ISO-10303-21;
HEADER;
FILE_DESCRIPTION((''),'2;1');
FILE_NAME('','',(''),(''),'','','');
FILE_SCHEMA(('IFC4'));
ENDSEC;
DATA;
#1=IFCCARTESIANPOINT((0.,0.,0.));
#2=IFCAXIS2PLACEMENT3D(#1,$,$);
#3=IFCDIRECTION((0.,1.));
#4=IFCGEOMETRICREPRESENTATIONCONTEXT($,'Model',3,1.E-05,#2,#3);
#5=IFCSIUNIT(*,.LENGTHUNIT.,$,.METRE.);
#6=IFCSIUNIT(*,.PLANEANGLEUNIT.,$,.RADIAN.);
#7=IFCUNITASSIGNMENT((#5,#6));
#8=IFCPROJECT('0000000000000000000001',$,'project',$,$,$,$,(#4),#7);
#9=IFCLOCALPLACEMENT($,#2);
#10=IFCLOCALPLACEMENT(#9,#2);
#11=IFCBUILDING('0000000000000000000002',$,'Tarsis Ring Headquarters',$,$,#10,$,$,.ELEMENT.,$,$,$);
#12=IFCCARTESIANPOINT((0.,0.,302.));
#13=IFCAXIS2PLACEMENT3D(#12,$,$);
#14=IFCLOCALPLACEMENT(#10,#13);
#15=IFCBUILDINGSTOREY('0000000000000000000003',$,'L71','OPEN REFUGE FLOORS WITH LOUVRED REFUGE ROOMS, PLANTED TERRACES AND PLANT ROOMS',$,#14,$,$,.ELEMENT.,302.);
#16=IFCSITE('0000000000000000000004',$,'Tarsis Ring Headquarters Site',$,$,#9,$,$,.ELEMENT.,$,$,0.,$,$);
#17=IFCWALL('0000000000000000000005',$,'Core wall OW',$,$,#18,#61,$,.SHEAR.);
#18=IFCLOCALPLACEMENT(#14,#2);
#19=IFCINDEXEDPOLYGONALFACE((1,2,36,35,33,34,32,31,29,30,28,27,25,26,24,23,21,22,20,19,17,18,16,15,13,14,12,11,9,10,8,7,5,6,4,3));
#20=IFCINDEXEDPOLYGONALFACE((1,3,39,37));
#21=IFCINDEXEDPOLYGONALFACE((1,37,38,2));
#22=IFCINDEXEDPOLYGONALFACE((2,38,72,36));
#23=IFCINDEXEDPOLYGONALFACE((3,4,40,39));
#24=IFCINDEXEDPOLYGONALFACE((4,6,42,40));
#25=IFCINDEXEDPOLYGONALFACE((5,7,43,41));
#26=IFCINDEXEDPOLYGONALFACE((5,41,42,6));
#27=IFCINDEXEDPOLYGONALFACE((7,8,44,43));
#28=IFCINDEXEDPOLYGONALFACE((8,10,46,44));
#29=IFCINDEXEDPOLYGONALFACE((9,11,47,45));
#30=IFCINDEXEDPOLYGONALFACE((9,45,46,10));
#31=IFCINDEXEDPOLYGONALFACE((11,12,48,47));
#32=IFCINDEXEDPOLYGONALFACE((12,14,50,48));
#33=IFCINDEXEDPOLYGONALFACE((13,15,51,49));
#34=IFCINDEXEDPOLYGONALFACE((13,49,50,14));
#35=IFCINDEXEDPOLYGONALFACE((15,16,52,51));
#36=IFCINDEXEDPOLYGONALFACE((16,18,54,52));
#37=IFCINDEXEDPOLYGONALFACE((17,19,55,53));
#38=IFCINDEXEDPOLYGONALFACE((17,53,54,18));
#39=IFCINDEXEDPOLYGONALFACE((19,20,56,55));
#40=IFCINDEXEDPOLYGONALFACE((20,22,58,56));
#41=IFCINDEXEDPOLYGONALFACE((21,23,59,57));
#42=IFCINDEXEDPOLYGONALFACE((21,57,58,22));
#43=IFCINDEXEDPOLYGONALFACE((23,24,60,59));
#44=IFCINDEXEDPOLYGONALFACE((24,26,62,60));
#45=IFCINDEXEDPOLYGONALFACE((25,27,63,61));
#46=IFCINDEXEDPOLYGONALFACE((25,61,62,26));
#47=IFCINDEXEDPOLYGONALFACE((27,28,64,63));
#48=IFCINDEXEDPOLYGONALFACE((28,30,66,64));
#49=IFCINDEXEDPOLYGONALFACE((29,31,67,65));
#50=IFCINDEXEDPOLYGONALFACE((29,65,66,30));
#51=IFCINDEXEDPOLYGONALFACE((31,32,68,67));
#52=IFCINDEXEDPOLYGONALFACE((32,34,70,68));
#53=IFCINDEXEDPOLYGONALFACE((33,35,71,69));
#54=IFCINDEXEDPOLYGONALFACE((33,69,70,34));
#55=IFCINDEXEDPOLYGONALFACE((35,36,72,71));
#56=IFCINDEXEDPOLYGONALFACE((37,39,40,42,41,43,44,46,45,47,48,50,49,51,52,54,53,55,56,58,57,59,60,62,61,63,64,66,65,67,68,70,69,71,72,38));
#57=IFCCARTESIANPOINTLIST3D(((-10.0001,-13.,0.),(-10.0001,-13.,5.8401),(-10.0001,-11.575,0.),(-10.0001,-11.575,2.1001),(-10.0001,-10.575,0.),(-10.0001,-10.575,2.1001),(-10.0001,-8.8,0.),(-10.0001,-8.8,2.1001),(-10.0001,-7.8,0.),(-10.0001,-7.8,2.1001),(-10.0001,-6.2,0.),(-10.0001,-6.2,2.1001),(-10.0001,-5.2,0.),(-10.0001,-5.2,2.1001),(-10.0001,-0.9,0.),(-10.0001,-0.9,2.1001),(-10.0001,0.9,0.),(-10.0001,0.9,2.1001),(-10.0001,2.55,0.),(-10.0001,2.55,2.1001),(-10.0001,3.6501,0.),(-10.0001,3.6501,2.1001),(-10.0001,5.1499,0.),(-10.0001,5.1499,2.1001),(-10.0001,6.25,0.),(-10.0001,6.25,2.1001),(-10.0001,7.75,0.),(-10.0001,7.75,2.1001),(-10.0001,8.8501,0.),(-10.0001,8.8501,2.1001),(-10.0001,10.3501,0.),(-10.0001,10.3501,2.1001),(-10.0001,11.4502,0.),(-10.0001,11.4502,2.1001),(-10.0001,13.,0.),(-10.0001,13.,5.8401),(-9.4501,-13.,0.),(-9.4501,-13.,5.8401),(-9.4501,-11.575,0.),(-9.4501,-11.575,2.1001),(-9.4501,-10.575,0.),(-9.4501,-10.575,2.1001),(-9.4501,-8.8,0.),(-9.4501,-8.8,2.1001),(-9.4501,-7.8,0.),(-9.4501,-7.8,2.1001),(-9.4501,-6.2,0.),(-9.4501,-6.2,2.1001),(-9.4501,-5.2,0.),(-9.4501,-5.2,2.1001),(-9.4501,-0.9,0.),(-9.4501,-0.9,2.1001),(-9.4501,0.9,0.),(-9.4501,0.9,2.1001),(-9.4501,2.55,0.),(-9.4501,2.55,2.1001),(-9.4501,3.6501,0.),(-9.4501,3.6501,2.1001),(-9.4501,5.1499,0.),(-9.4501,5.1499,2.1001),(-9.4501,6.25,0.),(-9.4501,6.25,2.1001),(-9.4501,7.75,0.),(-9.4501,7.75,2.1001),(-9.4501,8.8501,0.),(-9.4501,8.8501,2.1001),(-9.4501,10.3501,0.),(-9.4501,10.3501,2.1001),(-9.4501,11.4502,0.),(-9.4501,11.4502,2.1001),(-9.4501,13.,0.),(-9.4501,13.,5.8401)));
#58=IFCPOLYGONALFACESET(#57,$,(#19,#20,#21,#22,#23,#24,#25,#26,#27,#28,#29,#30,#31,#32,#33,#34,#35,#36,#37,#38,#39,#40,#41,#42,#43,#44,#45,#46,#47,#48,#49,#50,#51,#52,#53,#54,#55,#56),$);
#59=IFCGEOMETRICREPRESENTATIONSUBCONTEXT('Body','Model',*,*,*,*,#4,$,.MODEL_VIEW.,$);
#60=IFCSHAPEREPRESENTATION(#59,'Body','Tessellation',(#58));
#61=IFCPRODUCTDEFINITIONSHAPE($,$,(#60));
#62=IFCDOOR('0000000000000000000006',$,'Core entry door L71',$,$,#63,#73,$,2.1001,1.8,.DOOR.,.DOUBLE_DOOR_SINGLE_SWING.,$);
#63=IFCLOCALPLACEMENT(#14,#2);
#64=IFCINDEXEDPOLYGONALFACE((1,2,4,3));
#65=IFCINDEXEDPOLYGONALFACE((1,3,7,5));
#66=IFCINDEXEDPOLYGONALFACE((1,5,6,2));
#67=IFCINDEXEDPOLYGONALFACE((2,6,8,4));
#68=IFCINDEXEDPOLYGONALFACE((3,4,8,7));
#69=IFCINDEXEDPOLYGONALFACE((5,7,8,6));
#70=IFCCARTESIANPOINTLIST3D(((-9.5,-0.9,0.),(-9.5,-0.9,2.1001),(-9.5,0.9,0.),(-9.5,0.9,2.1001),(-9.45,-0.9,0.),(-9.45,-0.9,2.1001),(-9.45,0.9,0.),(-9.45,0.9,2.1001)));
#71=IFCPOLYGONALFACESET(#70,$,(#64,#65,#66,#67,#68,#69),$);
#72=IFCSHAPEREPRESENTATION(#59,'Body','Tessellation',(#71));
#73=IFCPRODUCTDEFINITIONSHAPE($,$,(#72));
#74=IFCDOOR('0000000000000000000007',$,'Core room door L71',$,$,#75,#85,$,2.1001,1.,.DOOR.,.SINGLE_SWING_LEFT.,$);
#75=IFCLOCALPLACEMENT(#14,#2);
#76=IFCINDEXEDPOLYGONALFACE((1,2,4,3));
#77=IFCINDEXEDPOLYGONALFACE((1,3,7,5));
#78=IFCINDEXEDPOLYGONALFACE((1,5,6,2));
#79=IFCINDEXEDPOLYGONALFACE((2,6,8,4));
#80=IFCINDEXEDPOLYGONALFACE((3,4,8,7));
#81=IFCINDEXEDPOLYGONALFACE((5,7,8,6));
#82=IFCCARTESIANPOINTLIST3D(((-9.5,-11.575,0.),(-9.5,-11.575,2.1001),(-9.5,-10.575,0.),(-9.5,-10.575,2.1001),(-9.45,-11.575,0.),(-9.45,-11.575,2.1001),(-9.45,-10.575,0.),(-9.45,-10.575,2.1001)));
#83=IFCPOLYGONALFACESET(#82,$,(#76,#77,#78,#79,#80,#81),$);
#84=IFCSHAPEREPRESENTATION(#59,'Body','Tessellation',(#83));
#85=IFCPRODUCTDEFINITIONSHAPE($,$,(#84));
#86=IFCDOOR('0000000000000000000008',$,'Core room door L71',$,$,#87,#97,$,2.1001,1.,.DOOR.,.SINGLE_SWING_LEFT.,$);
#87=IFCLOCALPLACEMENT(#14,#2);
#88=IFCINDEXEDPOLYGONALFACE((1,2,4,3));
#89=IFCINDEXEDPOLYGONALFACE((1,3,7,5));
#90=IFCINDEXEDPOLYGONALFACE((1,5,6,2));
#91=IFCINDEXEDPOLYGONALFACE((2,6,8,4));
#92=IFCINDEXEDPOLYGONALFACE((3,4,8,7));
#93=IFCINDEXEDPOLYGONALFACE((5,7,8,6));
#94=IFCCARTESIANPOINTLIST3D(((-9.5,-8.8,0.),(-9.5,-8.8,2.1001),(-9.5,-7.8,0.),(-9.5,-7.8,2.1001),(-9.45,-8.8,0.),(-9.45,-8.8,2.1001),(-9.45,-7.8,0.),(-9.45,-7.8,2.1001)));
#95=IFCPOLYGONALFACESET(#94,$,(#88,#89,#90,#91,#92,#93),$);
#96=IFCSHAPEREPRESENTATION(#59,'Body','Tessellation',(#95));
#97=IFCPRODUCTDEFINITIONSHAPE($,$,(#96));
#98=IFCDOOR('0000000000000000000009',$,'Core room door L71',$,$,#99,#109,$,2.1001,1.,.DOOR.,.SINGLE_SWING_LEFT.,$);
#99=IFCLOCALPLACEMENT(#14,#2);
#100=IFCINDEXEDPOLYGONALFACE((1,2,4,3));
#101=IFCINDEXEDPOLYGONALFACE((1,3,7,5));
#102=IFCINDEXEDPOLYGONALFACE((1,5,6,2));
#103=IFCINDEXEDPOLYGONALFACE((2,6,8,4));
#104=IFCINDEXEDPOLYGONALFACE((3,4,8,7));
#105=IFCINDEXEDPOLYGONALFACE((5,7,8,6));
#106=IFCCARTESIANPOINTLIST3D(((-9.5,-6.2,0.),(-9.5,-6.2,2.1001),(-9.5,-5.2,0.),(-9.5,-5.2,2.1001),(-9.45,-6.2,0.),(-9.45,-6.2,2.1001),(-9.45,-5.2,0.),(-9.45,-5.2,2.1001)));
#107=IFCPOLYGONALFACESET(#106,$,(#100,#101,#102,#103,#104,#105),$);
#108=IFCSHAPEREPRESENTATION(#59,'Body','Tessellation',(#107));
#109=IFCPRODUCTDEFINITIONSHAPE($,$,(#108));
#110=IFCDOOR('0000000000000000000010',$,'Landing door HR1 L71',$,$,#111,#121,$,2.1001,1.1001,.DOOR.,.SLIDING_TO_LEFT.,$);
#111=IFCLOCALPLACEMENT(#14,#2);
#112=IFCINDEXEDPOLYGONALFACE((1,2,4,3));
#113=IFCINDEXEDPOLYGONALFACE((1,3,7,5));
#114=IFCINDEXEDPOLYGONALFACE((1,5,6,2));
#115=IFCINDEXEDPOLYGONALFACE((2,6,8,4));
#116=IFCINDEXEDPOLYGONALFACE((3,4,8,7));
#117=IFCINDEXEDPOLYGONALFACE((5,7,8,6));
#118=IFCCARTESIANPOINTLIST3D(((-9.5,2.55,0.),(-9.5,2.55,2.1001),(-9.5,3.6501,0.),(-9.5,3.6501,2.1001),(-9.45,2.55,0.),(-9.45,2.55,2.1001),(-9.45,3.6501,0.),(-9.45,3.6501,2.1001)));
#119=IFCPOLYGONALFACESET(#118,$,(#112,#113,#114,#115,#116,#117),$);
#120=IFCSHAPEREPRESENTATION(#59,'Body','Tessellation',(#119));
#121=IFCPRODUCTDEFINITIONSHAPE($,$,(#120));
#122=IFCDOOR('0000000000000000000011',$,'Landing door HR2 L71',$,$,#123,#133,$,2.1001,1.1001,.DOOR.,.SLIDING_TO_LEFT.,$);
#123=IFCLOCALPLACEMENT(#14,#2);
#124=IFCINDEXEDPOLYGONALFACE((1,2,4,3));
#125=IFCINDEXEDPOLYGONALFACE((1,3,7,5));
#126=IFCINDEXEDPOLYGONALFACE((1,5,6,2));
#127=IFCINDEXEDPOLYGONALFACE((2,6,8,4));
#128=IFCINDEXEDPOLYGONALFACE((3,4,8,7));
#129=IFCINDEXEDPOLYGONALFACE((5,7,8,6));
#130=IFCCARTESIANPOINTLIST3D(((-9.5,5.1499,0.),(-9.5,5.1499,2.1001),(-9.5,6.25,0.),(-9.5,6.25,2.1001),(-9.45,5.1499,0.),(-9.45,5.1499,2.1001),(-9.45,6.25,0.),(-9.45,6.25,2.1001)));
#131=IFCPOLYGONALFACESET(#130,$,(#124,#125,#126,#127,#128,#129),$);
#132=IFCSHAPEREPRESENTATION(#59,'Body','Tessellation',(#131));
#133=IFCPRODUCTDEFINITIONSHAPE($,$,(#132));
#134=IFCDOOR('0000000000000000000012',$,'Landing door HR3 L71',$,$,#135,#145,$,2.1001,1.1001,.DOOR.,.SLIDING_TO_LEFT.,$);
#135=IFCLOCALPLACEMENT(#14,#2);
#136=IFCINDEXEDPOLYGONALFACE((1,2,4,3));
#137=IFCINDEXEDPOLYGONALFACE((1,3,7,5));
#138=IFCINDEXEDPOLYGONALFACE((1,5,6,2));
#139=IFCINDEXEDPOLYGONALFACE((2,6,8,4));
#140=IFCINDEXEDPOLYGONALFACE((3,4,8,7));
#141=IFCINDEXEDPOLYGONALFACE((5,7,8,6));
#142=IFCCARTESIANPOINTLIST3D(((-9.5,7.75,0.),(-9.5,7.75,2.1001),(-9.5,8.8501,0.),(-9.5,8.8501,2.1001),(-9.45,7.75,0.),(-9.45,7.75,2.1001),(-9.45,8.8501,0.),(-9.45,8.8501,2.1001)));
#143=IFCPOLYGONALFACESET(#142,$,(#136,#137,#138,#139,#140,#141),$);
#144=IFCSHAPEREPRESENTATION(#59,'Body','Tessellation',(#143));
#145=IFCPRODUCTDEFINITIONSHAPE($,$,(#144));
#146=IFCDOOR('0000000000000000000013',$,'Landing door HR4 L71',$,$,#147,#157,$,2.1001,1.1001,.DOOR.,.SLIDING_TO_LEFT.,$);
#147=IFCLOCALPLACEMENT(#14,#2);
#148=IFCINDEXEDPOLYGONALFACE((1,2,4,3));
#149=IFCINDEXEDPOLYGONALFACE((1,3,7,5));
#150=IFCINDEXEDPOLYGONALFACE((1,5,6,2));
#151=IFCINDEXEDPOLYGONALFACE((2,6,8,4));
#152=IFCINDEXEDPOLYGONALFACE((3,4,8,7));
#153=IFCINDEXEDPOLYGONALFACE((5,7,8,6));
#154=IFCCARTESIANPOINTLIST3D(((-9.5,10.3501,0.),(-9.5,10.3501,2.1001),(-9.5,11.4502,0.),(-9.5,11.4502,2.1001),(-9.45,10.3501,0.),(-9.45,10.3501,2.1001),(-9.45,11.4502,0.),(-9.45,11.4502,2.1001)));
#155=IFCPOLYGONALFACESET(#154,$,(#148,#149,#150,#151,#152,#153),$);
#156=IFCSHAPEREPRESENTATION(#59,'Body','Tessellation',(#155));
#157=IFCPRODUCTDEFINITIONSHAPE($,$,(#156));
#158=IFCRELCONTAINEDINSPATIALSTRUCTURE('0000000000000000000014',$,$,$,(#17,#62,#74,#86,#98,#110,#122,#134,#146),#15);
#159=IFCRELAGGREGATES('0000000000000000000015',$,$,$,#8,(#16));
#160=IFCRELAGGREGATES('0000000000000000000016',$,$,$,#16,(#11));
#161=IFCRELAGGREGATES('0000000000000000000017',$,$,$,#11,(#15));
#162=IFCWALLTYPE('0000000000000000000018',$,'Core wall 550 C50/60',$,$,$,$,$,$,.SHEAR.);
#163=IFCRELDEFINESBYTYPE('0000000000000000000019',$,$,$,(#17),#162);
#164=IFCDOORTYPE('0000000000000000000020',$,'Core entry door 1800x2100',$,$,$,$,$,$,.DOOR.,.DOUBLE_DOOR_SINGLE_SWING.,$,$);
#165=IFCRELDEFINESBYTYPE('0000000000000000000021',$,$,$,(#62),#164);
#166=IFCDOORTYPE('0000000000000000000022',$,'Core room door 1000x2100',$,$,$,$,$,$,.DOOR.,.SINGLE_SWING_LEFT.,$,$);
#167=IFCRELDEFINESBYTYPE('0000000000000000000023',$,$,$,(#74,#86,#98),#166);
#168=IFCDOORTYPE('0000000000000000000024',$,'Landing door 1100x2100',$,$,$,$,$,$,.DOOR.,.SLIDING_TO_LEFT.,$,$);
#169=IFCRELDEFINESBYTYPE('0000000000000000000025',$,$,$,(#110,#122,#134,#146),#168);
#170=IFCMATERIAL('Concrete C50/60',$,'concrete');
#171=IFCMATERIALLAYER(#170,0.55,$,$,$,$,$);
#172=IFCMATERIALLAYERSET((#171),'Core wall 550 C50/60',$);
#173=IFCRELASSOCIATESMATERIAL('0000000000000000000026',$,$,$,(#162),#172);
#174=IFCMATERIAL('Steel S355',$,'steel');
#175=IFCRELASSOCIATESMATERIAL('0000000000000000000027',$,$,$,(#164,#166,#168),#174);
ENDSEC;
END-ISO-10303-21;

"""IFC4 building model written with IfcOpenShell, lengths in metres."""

from ifc_helpers import new_model, si_unit, direction, frame, frame_2d, origin, place, context, subcontext, project, spatial, rectangle, extrude, material, layer, layer_set, type_object, element, fill, save


model = new_model("IFC4")

# Units and contexts
model_context = context("Model", 3, precision=1e-05, world=origin(), true_north=direction((0.0, 1.0)))
body_context = subcontext(model_context, "Body", "Model", "MODEL_VIEW")
ifc_project = project(units=[si_unit("LENGTHUNIT", "METRE"), si_unit("PLANEANGLEUNIT", "RADIAN")], contexts=[model_context])

# Site, building, storey
site_placement = place(None, origin())
site = spatial("IfcSite", under=ifc_project, at=site_placement, Name="Tarsis Ring Headquarters Site", CompositionType="ELEMENT", RefElevation=0.0)
building_placement = place(site_placement, origin())
building = spatial("IfcBuilding", under=site, at=building_placement, Name="Tarsis Ring Headquarters", CompositionType="ELEMENT")
storey_placement = place(building_placement, frame((0.0, 0.0, 302.0)))
storey = spatial("IfcBuildingStorey", under=building, at=storey_placement, Name="L71", Description="OPEN REFUGE FLOORS WITH LOUVRED REFUGE ROOMS, PLANTED TERRACES AND PLANT ROOMS", CompositionType="ELEMENT", Elevation=302.0)

# Wall, openings, doors
ifc_material_1 = material(Name="Concrete C50/60", Category="concrete")
ifc_layer_1 = layer(ifc_material_1, 0.55)
ifc_layer_set_1 = layer_set([ifc_layer_1], Name="Core wall 550 C50/60")
wall_type_1 = type_object("IfcWallType", Name="Core wall 550 C50/60", PredefinedType="SHEAR", material=ifc_layer_set_1)
wall_1_placement = place(storey_placement, frame((-9.7251, -13.0, 0.0), z_axis=(0.0, 0.0, 1.0), x_axis=(0.0, 1.0, 0.0)))
wall_1 = element("IfcWall", 1, at=wall_1_placement, inside=storey, type_object=wall_type_1, Name="Core wall OW", PredefinedType="SHEAR", context=body_context, shape_type="SweptSolid", body=[
    extrude(rectangle(XDim=26.0, YDim=0.55, at=frame_2d((13.0, 0.0))), origin(), (0.0, 0.0, 1.0), 5.8401),
])
opening_1_placement = place(wall_1_placement, frame((1.425, 0.0, 0.0)))
opening_1 = element("IfcOpeningElement", 2, at=opening_1_placement, cuts=wall_1, PredefinedType="OPENING", context=body_context, shape_type="SweptSolid", body=[
    extrude(rectangle(XDim=1.0, YDim=2.1001, at=frame_2d((0.5, 1.05))), frame((0.0, 0.2849, 0.0), z_axis=(0.0, -1.0, 0.0), x_axis=(1.0, 0.0, 0.0)), (0.0, 0.0, 1.0), 0.5701),
])
opening_2_placement = place(wall_1_placement, frame((4.2, 0.0, 0.0)))
opening_2 = element("IfcOpeningElement", 3, at=opening_2_placement, cuts=wall_1, PredefinedType="OPENING", context=body_context, shape_type="SweptSolid", body=[
    extrude(rectangle(XDim=1.0, YDim=2.1001, at=frame_2d((0.5, 1.05))), frame((0.0, 0.2849, 0.0), z_axis=(0.0, -1.0, 0.0), x_axis=(1.0, 0.0, 0.0)), (0.0, 0.0, 1.0), 0.5701),
])
opening_3_placement = place(wall_1_placement, frame((6.8, 0.0, 0.0)))
opening_3 = element("IfcOpeningElement", 4, at=opening_3_placement, cuts=wall_1, PredefinedType="OPENING", context=body_context, shape_type="SweptSolid", body=[
    extrude(rectangle(XDim=1.0, YDim=2.1001, at=frame_2d((0.5, 1.05))), frame((0.0, 0.2849, 0.0), z_axis=(0.0, -1.0, 0.0), x_axis=(1.0, 0.0, 0.0)), (0.0, 0.0, 1.0), 0.5701),
])
opening_4_placement = place(wall_1_placement, frame((12.1001, 0.0, 0.0)))
opening_4 = element("IfcOpeningElement", 5, at=opening_4_placement, cuts=wall_1, PredefinedType="OPENING", context=body_context, shape_type="SweptSolid", body=[
    extrude(rectangle(XDim=1.8, YDim=2.1001, at=frame_2d((0.8999, 1.05))), frame((0.0, 0.2849, 0.0), z_axis=(0.0, -1.0, 0.0), x_axis=(1.0, 0.0, 0.0)), (0.0, 0.0, 1.0), 0.5701),
])
opening_5_placement = place(wall_1_placement, frame((15.55, 0.0, 0.0)))
opening_5 = element("IfcOpeningElement", 6, at=opening_5_placement, cuts=wall_1, PredefinedType="OPENING", context=body_context, shape_type="SweptSolid", body=[
    extrude(rectangle(XDim=1.1001, YDim=2.1001, at=frame_2d((0.55, 1.05))), frame((0.0, 0.2849, 0.0), z_axis=(0.0, -1.0, 0.0), x_axis=(1.0, 0.0, 0.0)), (0.0, 0.0, 1.0), 0.5701),
])
opening_6_placement = place(wall_1_placement, frame((18.1499, 0.0, 0.0)))
opening_6 = element("IfcOpeningElement", 7, at=opening_6_placement, cuts=wall_1, PredefinedType="OPENING", context=body_context, shape_type="SweptSolid", body=[
    extrude(rectangle(XDim=1.1001, YDim=2.1001, at=frame_2d((0.55, 1.05))), frame((0.0, 0.2849, 0.0), z_axis=(0.0, -1.0, 0.0), x_axis=(1.0, 0.0, 0.0)), (0.0, 0.0, 1.0), 0.5701),
])
opening_7_placement = place(wall_1_placement, frame((20.75, 0.0, 0.0)))
opening_7 = element("IfcOpeningElement", 8, at=opening_7_placement, cuts=wall_1, PredefinedType="OPENING", context=body_context, shape_type="SweptSolid", body=[
    extrude(rectangle(XDim=1.1001, YDim=2.1001, at=frame_2d((0.55, 1.05))), frame((0.0, 0.2849, 0.0), z_axis=(0.0, -1.0, 0.0), x_axis=(1.0, 0.0, 0.0)), (0.0, 0.0, 1.0), 0.5701),
])
opening_8_placement = place(wall_1_placement, frame((23.3501, 0.0, 0.0)))
opening_8 = element("IfcOpeningElement", 9, at=opening_8_placement, cuts=wall_1, PredefinedType="OPENING", context=body_context, shape_type="SweptSolid", body=[
    extrude(rectangle(XDim=1.1001, YDim=2.1001, at=frame_2d((0.55, 1.05))), frame((0.0, 0.2849, 0.0), z_axis=(0.0, -1.0, 0.0), x_axis=(1.0, 0.0, 0.0)), (0.0, 0.0, 1.0), 0.5701),
])
ifc_material_2 = material(Name="Steel S355", Category="steel")
door_type_1 = type_object("IfcDoorType", Name="Core entry door 1800x2100", OperationType="DOUBLE_DOOR_SINGLE_SWING", PredefinedType="DOOR", material=ifc_material_2)
door_1_placement = place(opening_4_placement, origin())
door_1 = element("IfcDoor", 10, at=door_1_placement, inside=storey, type_object=door_type_1, Name="Core entry door L71", OperationType="DOUBLE_DOOR_SINGLE_SWING", OverallHeight=2.1001, OverallWidth=1.8, PredefinedType="DOOR", context=body_context, shape_type="SweptSolid", body=[
    extrude(rectangle(XDim=1.8, YDim=2.1001, at=frame_2d((0.8999, 1.05))), frame((0.0, -0.2251, 0.0), z_axis=(0.0, -1.0, 0.0), x_axis=(1.0, 0.0, 0.0)), (0.0, 0.0, 1.0), 0.05),
])
fill(opening_4, door_1)
door_type_2 = type_object("IfcDoorType", Name="Core room door 1000x2100", OperationType="SINGLE_SWING_LEFT", PredefinedType="DOOR", material=ifc_material_2)
door_2_placement = place(opening_1_placement, origin())
door_2 = element("IfcDoor", 11, at=door_2_placement, inside=storey, type_object=door_type_2, Name="Core room door L71", OperationType="SINGLE_SWING_LEFT", OverallHeight=2.1001, OverallWidth=1.0, PredefinedType="DOOR", context=body_context, shape_type="SweptSolid", body=[
    extrude(rectangle(XDim=1.0, YDim=2.1001, at=frame_2d((0.5, 1.05))), frame((0.0, -0.2251, 0.0), z_axis=(0.0, -1.0, 0.0), x_axis=(1.0, 0.0, 0.0)), (0.0, 0.0, 1.0), 0.05),
])
fill(opening_1, door_2)
door_3_placement = place(opening_2_placement, origin())
door_3 = element("IfcDoor", 12, at=door_3_placement, inside=storey, type_object=door_type_2, Name="Core room door L71", OperationType="SINGLE_SWING_LEFT", OverallHeight=2.1001, OverallWidth=1.0, PredefinedType="DOOR", context=body_context, shape_type="SweptSolid", body=[
    extrude(rectangle(XDim=1.0, YDim=2.1001, at=frame_2d((0.5, 1.05))), frame((0.0, -0.2251, 0.0), z_axis=(0.0, -1.0, 0.0), x_axis=(1.0, 0.0, 0.0)), (0.0, 0.0, 1.0), 0.05),
])
fill(opening_2, door_3)
door_4_placement = place(opening_3_placement, origin())
door_4 = element("IfcDoor", 13, at=door_4_placement, inside=storey, type_object=door_type_2, Name="Core room door L71", OperationType="SINGLE_SWING_LEFT", OverallHeight=2.1001, OverallWidth=1.0, PredefinedType="DOOR", context=body_context, shape_type="SweptSolid", body=[
    extrude(rectangle(XDim=1.0, YDim=2.1001, at=frame_2d((0.5, 1.05))), frame((0.0, -0.2251, 0.0), z_axis=(0.0, -1.0, 0.0), x_axis=(1.0, 0.0, 0.0)), (0.0, 0.0, 1.0), 0.05),
])
fill(opening_3, door_4)
door_type_3 = type_object("IfcDoorType", Name="Landing door 1100x2100", OperationType="SLIDING_TO_LEFT", PredefinedType="DOOR", material=ifc_material_2)
door_5_placement = place(opening_5_placement, origin())
door_5 = element("IfcDoor", 14, at=door_5_placement, inside=storey, type_object=door_type_3, Name="Landing door HR1 L71", OperationType="SLIDING_TO_LEFT", OverallHeight=2.1001, OverallWidth=1.1001, PredefinedType="DOOR", context=body_context, shape_type="SweptSolid", body=[
    extrude(rectangle(XDim=1.1001, YDim=2.1001, at=frame_2d((0.55, 1.05))), frame((0.0, -0.2251, 0.0), z_axis=(0.0, -1.0, 0.0), x_axis=(1.0, 0.0, 0.0)), (0.0, 0.0, 1.0), 0.05),
])
fill(opening_5, door_5)
door_6_placement = place(opening_6_placement, origin())
door_6 = element("IfcDoor", 15, at=door_6_placement, inside=storey, type_object=door_type_3, Name="Landing door HR2 L71", OperationType="SLIDING_TO_LEFT", OverallHeight=2.1001, OverallWidth=1.1001, PredefinedType="DOOR", context=body_context, shape_type="SweptSolid", body=[
    extrude(rectangle(XDim=1.1001, YDim=2.1001, at=frame_2d((0.55, 1.05))), frame((0.0, -0.2251, 0.0), z_axis=(0.0, -1.0, 0.0), x_axis=(1.0, 0.0, 0.0)), (0.0, 0.0, 1.0), 0.05),
])
fill(opening_6, door_6)
door_7_placement = place(opening_7_placement, origin())
door_7 = element("IfcDoor", 16, at=door_7_placement, inside=storey, type_object=door_type_3, Name="Landing door HR3 L71", OperationType="SLIDING_TO_LEFT", OverallHeight=2.1001, OverallWidth=1.1001, PredefinedType="DOOR", context=body_context, shape_type="SweptSolid", body=[
    extrude(rectangle(XDim=1.1001, YDim=2.1001, at=frame_2d((0.55, 1.05))), frame((0.0, -0.2251, 0.0), z_axis=(0.0, -1.0, 0.0), x_axis=(1.0, 0.0, 0.0)), (0.0, 0.0, 1.0), 0.05),
])
fill(opening_7, door_7)
door_8_placement = place(opening_8_placement, origin())
door_8 = element("IfcDoor", 17, at=door_8_placement, inside=storey, type_object=door_type_3, Name="Landing door HR4 L71", OperationType="SLIDING_TO_LEFT", OverallHeight=2.1001, OverallWidth=1.1001, PredefinedType="DOOR", context=body_context, shape_type="SweptSolid", body=[
    extrude(rectangle(XDim=1.1001, YDim=2.1001, at=frame_2d((0.55, 1.05))), frame((0.0, -0.2251, 0.0), z_axis=(0.0, -1.0, 0.0), x_axis=(1.0, 0.0, 0.0)), (0.0, 0.0, 1.0), 0.05),
])
fill(opening_8, door_8)

save(model, "model.ifc")
